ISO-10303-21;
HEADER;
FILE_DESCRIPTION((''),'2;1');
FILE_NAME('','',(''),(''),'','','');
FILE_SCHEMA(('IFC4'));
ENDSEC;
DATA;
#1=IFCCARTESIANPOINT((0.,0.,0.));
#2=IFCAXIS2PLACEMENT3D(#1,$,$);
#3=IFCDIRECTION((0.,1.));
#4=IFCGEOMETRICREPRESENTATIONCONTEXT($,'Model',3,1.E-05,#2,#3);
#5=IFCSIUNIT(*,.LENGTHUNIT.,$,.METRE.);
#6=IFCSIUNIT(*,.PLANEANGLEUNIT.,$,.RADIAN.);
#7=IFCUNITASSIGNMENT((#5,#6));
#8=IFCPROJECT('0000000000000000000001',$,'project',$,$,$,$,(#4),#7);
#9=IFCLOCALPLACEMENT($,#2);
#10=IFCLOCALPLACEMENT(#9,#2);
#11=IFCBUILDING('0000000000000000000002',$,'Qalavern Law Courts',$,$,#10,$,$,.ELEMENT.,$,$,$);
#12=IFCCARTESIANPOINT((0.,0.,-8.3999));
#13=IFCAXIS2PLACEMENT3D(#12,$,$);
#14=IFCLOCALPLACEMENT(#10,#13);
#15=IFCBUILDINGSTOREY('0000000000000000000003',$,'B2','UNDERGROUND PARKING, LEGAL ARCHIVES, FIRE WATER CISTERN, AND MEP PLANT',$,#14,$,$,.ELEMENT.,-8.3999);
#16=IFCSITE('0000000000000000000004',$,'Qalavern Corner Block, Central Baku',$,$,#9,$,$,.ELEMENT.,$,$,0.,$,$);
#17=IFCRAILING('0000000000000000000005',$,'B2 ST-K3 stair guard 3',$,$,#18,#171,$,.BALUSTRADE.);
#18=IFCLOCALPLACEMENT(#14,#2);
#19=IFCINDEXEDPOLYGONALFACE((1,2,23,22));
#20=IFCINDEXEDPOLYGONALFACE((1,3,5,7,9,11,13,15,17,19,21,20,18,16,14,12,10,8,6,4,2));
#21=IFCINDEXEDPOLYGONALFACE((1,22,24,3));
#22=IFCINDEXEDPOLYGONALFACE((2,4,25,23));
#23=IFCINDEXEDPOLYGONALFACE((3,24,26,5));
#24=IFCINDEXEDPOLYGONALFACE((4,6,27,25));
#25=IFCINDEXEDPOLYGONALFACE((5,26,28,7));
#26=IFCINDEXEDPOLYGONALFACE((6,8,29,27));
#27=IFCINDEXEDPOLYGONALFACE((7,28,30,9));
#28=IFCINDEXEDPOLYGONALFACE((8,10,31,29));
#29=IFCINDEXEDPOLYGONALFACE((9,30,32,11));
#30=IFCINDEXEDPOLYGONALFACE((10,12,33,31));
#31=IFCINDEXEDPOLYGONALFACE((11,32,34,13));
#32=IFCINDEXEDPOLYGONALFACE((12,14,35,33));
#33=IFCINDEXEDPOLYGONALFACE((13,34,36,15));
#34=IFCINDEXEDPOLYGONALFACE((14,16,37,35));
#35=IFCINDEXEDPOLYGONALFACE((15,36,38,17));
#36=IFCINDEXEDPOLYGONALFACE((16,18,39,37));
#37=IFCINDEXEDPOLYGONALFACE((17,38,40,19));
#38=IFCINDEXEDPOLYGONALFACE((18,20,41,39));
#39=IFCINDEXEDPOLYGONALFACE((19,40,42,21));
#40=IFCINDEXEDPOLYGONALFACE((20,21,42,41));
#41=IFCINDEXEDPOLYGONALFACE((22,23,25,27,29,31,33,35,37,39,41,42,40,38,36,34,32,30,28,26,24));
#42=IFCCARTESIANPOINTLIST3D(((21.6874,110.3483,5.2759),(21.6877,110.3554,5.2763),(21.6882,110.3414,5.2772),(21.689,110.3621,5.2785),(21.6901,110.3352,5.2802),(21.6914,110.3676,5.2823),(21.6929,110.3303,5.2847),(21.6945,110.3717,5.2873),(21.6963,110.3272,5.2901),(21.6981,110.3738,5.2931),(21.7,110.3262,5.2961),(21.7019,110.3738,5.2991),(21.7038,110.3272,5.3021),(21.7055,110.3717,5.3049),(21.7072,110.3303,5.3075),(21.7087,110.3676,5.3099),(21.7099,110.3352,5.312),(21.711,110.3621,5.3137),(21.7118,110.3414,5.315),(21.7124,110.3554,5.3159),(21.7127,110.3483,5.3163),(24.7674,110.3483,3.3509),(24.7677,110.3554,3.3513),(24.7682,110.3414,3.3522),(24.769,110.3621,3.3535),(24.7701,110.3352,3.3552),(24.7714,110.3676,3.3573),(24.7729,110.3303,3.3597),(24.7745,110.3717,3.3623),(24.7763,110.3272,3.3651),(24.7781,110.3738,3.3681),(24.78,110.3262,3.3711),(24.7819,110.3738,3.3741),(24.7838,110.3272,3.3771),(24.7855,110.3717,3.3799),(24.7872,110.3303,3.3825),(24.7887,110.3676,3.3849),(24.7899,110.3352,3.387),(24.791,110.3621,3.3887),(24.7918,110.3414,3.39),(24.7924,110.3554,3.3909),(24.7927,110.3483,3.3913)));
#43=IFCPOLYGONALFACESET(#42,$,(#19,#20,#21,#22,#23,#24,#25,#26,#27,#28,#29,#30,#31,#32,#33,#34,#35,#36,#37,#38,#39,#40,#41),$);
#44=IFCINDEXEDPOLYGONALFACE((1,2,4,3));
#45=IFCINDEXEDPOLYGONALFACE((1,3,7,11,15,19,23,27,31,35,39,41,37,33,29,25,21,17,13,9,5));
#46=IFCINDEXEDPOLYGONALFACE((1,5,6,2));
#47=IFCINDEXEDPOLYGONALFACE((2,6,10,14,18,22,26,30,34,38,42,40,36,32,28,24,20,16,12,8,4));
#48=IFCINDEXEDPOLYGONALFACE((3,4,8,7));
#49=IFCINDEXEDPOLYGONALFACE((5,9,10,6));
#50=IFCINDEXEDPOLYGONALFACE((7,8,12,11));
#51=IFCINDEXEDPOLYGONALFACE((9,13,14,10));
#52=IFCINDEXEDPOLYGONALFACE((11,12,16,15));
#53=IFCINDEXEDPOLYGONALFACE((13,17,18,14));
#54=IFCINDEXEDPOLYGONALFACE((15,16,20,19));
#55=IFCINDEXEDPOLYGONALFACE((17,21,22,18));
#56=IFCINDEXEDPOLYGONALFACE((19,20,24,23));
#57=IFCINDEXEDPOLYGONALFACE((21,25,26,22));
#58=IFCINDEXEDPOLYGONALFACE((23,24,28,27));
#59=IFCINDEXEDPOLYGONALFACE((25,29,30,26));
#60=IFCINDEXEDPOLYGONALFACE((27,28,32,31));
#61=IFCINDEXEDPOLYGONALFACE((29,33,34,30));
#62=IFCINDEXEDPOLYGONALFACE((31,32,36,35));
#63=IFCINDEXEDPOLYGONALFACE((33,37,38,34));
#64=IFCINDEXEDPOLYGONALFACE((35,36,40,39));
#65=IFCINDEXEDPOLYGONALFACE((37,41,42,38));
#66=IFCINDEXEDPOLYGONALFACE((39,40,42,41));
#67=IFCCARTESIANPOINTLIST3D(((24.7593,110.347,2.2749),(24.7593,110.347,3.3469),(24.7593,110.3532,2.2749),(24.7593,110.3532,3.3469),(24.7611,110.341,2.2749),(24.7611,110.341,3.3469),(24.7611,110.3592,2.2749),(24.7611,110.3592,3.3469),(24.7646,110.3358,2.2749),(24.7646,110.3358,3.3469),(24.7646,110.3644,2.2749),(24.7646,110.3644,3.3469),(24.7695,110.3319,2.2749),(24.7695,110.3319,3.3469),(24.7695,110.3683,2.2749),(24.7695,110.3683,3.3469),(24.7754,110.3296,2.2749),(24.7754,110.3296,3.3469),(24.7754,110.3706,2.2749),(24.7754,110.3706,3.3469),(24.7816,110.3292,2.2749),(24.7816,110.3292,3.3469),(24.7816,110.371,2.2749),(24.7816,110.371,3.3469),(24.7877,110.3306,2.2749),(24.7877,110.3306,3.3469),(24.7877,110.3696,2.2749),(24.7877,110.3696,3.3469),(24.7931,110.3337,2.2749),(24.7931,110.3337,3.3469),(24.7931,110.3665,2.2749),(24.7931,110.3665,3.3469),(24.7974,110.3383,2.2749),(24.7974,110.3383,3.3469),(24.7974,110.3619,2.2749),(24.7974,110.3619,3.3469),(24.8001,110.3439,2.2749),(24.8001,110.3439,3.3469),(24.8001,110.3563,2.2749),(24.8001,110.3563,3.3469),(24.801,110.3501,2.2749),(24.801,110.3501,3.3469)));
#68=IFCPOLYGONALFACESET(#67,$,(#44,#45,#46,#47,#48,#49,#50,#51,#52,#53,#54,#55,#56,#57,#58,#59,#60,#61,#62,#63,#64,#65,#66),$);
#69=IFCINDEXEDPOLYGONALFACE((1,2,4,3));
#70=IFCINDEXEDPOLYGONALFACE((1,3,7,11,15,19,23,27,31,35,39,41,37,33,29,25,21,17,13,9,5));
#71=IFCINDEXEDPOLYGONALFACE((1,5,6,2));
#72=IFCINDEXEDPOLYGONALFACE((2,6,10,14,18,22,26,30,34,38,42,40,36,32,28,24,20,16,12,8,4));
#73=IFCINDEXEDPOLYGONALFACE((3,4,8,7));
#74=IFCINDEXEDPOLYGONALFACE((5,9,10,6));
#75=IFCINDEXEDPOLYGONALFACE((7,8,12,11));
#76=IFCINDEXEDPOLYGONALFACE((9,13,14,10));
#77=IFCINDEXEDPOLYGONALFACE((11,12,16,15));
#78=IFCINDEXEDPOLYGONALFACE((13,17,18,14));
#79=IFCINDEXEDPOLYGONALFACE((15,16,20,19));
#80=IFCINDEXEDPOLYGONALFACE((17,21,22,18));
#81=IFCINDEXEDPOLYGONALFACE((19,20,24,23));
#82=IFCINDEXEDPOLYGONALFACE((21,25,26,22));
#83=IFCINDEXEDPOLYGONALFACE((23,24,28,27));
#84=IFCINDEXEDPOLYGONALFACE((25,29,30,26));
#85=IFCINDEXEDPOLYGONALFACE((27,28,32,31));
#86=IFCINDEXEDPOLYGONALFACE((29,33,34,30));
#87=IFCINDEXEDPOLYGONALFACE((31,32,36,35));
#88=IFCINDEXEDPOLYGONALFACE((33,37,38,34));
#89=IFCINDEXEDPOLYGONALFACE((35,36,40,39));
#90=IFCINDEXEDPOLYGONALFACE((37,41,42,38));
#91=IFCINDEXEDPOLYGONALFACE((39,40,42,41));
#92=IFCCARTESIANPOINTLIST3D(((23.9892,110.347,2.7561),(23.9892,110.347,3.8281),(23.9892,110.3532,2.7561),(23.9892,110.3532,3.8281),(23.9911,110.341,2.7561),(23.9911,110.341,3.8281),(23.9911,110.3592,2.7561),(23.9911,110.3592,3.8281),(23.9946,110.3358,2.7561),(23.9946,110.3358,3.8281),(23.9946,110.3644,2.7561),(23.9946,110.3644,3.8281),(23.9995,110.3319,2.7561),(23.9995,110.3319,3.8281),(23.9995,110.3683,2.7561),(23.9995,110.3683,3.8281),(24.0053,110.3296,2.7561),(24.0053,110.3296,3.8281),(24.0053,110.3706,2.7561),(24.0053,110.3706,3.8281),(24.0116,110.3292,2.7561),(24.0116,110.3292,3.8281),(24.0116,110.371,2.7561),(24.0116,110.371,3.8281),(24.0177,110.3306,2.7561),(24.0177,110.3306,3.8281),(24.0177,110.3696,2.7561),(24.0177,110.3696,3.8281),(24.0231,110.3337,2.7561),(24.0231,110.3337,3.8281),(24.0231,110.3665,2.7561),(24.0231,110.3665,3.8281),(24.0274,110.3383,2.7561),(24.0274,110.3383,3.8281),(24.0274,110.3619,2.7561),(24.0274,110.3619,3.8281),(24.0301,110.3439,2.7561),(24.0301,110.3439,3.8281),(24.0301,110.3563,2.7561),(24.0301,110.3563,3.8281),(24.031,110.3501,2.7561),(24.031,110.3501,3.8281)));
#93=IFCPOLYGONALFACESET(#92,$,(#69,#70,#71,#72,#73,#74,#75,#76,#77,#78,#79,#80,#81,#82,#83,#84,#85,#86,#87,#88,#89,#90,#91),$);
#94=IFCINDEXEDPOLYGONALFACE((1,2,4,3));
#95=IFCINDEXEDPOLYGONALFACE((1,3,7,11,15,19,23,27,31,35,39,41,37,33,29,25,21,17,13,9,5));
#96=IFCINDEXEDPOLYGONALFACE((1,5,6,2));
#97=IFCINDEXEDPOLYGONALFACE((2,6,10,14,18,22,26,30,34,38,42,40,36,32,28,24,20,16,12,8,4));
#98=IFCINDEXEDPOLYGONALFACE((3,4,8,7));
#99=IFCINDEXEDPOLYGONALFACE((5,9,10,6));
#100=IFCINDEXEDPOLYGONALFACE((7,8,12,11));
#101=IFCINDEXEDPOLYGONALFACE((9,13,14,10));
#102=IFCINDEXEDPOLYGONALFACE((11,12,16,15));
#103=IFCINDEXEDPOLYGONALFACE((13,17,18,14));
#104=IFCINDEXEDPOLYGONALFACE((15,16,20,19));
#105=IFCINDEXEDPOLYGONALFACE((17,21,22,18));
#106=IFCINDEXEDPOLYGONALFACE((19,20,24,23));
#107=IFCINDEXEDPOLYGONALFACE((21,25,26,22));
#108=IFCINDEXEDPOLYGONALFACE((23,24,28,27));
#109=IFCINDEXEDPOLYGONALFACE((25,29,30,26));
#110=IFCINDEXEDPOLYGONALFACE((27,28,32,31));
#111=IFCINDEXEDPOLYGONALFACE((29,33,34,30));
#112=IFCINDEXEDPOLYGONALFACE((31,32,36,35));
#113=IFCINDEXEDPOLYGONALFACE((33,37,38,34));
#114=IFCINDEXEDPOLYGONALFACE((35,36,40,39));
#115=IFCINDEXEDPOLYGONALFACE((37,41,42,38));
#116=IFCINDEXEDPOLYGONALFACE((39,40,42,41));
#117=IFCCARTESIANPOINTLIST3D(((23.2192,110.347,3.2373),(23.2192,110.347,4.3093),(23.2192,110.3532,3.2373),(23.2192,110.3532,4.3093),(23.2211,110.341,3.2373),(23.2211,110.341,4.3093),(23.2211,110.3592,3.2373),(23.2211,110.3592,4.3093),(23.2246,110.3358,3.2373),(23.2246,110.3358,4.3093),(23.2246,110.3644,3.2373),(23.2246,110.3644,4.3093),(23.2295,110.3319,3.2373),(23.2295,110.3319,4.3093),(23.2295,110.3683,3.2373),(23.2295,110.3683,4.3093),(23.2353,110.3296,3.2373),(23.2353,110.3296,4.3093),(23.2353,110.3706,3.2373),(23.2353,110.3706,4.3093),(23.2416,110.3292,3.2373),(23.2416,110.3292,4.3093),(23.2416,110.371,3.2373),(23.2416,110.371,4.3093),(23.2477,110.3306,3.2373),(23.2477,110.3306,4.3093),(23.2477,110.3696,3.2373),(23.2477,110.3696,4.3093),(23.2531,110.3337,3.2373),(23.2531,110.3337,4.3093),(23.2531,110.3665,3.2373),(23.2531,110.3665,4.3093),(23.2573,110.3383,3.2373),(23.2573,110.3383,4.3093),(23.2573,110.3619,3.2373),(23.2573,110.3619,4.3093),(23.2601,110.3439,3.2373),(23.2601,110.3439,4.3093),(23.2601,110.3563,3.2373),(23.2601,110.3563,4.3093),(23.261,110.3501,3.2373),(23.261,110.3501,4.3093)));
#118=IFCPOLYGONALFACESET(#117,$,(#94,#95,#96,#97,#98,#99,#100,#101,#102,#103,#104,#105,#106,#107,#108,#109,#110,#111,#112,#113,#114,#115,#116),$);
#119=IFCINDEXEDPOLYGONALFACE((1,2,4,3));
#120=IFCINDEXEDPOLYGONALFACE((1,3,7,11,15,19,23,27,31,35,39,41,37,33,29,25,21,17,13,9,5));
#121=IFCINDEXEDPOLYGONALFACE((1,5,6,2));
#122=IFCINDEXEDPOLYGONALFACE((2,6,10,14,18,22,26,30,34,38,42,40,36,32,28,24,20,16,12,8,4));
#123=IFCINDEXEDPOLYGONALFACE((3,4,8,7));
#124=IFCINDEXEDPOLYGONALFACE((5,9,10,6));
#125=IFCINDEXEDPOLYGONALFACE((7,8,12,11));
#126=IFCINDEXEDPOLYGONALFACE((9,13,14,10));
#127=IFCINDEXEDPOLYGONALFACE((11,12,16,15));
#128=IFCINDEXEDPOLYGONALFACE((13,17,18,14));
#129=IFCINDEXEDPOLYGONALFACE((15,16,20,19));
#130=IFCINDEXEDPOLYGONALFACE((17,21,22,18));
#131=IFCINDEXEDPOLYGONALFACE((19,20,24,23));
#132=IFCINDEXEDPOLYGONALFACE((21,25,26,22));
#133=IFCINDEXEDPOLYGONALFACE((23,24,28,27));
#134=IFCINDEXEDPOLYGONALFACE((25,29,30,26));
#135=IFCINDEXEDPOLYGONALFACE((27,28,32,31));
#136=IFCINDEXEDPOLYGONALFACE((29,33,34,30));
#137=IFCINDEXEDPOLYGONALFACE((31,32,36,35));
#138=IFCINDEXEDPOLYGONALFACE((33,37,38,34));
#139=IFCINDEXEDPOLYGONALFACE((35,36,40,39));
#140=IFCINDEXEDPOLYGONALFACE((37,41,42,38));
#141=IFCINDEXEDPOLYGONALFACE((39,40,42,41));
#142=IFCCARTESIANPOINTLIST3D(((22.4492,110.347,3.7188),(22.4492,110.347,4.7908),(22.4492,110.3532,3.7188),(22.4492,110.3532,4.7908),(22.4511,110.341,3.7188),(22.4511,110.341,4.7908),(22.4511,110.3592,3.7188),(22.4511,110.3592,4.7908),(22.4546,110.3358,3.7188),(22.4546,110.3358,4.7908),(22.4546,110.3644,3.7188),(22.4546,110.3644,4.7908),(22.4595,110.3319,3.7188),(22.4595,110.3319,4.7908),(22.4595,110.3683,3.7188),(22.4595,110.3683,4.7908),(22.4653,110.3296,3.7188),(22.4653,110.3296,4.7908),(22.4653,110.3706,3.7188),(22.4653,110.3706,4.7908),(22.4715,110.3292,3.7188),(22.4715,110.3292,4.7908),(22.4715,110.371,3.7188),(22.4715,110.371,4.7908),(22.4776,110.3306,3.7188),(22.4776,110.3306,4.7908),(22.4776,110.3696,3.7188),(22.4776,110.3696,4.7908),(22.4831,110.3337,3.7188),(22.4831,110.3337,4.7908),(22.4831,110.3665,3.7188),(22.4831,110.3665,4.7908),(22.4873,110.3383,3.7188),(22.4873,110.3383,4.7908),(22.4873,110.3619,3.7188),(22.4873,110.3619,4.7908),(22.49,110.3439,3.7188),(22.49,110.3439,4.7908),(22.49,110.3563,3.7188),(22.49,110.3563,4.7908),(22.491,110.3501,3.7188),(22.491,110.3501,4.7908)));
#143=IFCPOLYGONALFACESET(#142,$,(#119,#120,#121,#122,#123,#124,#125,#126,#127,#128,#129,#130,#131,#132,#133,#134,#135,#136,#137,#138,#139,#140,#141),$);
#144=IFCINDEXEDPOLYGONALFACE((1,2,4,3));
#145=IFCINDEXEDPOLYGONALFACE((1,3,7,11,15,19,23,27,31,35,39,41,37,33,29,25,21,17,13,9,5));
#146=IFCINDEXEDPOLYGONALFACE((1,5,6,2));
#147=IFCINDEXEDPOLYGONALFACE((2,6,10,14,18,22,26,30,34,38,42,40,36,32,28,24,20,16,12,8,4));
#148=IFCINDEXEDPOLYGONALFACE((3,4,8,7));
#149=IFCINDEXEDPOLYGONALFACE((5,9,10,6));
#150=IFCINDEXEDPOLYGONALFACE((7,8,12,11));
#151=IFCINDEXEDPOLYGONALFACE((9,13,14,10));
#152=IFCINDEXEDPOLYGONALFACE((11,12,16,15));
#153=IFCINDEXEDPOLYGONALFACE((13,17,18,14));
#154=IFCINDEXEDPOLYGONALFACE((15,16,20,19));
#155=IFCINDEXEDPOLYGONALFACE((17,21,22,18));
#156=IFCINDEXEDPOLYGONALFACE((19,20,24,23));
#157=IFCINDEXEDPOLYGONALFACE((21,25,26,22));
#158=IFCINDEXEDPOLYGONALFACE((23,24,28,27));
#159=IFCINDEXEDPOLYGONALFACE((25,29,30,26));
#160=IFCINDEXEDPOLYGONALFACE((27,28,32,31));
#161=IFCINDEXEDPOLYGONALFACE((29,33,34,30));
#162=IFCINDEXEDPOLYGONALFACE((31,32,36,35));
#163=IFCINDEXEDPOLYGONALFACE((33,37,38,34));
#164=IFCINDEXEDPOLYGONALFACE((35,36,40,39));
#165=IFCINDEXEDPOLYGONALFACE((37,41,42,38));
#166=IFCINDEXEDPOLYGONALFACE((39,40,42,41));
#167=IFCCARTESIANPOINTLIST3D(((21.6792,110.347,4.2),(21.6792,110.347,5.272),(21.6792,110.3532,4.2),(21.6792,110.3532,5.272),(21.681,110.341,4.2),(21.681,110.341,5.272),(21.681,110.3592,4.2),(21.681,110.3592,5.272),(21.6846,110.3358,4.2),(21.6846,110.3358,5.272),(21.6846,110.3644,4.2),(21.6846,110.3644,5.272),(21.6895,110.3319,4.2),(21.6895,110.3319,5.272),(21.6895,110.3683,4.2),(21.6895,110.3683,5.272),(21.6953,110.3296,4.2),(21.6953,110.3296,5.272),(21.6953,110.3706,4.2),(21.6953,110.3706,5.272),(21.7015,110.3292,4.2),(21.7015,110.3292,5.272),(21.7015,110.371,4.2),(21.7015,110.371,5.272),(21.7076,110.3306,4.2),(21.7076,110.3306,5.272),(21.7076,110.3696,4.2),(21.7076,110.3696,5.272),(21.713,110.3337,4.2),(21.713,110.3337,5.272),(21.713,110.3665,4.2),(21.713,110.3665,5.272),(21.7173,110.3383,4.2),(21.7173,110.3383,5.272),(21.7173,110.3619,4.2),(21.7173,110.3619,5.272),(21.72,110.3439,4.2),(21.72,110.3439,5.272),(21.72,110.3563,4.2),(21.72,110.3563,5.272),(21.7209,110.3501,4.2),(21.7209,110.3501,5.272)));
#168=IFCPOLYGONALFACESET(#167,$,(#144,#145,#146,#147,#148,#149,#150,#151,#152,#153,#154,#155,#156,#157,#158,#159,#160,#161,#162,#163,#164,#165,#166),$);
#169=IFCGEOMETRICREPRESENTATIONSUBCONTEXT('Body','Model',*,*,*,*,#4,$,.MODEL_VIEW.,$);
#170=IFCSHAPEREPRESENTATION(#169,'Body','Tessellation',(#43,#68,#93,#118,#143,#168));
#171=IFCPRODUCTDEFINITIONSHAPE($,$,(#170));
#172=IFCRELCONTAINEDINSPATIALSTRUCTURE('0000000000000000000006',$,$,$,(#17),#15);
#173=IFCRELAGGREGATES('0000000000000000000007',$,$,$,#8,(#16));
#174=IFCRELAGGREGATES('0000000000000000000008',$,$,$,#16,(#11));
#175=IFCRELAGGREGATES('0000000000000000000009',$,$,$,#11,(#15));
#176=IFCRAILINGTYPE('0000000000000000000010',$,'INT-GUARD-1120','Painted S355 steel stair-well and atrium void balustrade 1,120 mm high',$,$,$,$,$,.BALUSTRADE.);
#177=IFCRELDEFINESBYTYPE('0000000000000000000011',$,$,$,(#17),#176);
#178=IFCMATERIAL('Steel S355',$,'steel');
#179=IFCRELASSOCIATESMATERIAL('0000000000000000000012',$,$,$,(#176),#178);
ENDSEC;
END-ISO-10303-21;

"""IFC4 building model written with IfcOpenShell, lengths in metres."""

from ifc_helpers import new_model, si_unit, direction, frame, origin, origin_2d, place, context, subcontext, project, spatial, circle, extrude, material, type_object, element, save


model = new_model("IFC4")

# Units and contexts
model_context = context("Model", 3, precision=1e-05, world=origin(), true_north=direction((0.0, 1.0)))
body_context = subcontext(model_context, "Body", "Model", "MODEL_VIEW")
ifc_project = project(units=[si_unit("LENGTHUNIT", "METRE"), si_unit("PLANEANGLEUNIT", "RADIAN")], contexts=[model_context])

# Site, building, storey
site_placement = place(None, origin())
site = spatial("IfcSite", under=ifc_project, at=site_placement, Name="Qalavern Corner Block, Central Baku", CompositionType="ELEMENT", RefElevation=0.0)
building_placement = place(site_placement, origin())
building = spatial("IfcBuilding", under=site, at=building_placement, Name="Qalavern Law Courts", CompositionType="ELEMENT")
storey_placement = place(building_placement, frame((0.0, 0.0, -8.3999)))
storey = spatial("IfcBuildingStorey", under=building, at=storey_placement, Name="B2", Description="UNDERGROUND PARKING, LEGAL ARCHIVES, FIRE WATER CISTERN, AND MEP PLANT", CompositionType="ELEMENT", Elevation=-8.3999)

# Railing
ifc_material_1 = material(Name="Steel S355", Category="steel")
railing_type_1 = type_object("IfcRailingType", Name="INT-GUARD-1120", Description="Painted S355 steel stair-well and atrium void balustrade 1,120 mm high", PredefinedType="BALUSTRADE", material=ifc_material_1)
railing_1_placement = place(storey_placement, frame((24.78, 110.3501, 2.2749)))
element("IfcRailing", 1, at=railing_1_placement, inside=storey, type_object=railing_type_1, Name="B2 ST-K3 stair guard 3", PredefinedType="BALUSTRADE", context=body_context, shape_type="SweptSolid", body=[
    extrude(circle(Radius=0.0239, at=origin_2d()), frame((0.0, 0.0, 1.0962), z_axis=(-0.847998, 0.0, 0.529999), x_axis=(0.0, -1.0, 0.0)), (0.0, 0.0, 1.0), 3.6321),
    extrude(circle(Radius=0.021, at=origin_2d()), origin(), (0.0, 0.0, 1.0), 1.072),
    extrude(circle(Radius=0.021, at=origin_2d()), frame((-0.77, 0.0, 0.4812)), (0.0, 0.0, 1.0), 1.072),
    extrude(circle(Radius=0.021, at=origin_2d()), frame((-1.54, 0.0, 0.9624)), (0.0, 0.0, 1.0), 1.072),
    extrude(circle(Radius=0.021, at=origin_2d()), frame((-2.3101, 0.0, 1.4438)), (0.0, 0.0, 1.0), 1.072),
    extrude(circle(Radius=0.021, at=origin_2d()), frame((-3.0801, 0.0, 1.925)), (0.0, 0.0, 1.0), 1.072),
])

save(model, "model.ifc")
